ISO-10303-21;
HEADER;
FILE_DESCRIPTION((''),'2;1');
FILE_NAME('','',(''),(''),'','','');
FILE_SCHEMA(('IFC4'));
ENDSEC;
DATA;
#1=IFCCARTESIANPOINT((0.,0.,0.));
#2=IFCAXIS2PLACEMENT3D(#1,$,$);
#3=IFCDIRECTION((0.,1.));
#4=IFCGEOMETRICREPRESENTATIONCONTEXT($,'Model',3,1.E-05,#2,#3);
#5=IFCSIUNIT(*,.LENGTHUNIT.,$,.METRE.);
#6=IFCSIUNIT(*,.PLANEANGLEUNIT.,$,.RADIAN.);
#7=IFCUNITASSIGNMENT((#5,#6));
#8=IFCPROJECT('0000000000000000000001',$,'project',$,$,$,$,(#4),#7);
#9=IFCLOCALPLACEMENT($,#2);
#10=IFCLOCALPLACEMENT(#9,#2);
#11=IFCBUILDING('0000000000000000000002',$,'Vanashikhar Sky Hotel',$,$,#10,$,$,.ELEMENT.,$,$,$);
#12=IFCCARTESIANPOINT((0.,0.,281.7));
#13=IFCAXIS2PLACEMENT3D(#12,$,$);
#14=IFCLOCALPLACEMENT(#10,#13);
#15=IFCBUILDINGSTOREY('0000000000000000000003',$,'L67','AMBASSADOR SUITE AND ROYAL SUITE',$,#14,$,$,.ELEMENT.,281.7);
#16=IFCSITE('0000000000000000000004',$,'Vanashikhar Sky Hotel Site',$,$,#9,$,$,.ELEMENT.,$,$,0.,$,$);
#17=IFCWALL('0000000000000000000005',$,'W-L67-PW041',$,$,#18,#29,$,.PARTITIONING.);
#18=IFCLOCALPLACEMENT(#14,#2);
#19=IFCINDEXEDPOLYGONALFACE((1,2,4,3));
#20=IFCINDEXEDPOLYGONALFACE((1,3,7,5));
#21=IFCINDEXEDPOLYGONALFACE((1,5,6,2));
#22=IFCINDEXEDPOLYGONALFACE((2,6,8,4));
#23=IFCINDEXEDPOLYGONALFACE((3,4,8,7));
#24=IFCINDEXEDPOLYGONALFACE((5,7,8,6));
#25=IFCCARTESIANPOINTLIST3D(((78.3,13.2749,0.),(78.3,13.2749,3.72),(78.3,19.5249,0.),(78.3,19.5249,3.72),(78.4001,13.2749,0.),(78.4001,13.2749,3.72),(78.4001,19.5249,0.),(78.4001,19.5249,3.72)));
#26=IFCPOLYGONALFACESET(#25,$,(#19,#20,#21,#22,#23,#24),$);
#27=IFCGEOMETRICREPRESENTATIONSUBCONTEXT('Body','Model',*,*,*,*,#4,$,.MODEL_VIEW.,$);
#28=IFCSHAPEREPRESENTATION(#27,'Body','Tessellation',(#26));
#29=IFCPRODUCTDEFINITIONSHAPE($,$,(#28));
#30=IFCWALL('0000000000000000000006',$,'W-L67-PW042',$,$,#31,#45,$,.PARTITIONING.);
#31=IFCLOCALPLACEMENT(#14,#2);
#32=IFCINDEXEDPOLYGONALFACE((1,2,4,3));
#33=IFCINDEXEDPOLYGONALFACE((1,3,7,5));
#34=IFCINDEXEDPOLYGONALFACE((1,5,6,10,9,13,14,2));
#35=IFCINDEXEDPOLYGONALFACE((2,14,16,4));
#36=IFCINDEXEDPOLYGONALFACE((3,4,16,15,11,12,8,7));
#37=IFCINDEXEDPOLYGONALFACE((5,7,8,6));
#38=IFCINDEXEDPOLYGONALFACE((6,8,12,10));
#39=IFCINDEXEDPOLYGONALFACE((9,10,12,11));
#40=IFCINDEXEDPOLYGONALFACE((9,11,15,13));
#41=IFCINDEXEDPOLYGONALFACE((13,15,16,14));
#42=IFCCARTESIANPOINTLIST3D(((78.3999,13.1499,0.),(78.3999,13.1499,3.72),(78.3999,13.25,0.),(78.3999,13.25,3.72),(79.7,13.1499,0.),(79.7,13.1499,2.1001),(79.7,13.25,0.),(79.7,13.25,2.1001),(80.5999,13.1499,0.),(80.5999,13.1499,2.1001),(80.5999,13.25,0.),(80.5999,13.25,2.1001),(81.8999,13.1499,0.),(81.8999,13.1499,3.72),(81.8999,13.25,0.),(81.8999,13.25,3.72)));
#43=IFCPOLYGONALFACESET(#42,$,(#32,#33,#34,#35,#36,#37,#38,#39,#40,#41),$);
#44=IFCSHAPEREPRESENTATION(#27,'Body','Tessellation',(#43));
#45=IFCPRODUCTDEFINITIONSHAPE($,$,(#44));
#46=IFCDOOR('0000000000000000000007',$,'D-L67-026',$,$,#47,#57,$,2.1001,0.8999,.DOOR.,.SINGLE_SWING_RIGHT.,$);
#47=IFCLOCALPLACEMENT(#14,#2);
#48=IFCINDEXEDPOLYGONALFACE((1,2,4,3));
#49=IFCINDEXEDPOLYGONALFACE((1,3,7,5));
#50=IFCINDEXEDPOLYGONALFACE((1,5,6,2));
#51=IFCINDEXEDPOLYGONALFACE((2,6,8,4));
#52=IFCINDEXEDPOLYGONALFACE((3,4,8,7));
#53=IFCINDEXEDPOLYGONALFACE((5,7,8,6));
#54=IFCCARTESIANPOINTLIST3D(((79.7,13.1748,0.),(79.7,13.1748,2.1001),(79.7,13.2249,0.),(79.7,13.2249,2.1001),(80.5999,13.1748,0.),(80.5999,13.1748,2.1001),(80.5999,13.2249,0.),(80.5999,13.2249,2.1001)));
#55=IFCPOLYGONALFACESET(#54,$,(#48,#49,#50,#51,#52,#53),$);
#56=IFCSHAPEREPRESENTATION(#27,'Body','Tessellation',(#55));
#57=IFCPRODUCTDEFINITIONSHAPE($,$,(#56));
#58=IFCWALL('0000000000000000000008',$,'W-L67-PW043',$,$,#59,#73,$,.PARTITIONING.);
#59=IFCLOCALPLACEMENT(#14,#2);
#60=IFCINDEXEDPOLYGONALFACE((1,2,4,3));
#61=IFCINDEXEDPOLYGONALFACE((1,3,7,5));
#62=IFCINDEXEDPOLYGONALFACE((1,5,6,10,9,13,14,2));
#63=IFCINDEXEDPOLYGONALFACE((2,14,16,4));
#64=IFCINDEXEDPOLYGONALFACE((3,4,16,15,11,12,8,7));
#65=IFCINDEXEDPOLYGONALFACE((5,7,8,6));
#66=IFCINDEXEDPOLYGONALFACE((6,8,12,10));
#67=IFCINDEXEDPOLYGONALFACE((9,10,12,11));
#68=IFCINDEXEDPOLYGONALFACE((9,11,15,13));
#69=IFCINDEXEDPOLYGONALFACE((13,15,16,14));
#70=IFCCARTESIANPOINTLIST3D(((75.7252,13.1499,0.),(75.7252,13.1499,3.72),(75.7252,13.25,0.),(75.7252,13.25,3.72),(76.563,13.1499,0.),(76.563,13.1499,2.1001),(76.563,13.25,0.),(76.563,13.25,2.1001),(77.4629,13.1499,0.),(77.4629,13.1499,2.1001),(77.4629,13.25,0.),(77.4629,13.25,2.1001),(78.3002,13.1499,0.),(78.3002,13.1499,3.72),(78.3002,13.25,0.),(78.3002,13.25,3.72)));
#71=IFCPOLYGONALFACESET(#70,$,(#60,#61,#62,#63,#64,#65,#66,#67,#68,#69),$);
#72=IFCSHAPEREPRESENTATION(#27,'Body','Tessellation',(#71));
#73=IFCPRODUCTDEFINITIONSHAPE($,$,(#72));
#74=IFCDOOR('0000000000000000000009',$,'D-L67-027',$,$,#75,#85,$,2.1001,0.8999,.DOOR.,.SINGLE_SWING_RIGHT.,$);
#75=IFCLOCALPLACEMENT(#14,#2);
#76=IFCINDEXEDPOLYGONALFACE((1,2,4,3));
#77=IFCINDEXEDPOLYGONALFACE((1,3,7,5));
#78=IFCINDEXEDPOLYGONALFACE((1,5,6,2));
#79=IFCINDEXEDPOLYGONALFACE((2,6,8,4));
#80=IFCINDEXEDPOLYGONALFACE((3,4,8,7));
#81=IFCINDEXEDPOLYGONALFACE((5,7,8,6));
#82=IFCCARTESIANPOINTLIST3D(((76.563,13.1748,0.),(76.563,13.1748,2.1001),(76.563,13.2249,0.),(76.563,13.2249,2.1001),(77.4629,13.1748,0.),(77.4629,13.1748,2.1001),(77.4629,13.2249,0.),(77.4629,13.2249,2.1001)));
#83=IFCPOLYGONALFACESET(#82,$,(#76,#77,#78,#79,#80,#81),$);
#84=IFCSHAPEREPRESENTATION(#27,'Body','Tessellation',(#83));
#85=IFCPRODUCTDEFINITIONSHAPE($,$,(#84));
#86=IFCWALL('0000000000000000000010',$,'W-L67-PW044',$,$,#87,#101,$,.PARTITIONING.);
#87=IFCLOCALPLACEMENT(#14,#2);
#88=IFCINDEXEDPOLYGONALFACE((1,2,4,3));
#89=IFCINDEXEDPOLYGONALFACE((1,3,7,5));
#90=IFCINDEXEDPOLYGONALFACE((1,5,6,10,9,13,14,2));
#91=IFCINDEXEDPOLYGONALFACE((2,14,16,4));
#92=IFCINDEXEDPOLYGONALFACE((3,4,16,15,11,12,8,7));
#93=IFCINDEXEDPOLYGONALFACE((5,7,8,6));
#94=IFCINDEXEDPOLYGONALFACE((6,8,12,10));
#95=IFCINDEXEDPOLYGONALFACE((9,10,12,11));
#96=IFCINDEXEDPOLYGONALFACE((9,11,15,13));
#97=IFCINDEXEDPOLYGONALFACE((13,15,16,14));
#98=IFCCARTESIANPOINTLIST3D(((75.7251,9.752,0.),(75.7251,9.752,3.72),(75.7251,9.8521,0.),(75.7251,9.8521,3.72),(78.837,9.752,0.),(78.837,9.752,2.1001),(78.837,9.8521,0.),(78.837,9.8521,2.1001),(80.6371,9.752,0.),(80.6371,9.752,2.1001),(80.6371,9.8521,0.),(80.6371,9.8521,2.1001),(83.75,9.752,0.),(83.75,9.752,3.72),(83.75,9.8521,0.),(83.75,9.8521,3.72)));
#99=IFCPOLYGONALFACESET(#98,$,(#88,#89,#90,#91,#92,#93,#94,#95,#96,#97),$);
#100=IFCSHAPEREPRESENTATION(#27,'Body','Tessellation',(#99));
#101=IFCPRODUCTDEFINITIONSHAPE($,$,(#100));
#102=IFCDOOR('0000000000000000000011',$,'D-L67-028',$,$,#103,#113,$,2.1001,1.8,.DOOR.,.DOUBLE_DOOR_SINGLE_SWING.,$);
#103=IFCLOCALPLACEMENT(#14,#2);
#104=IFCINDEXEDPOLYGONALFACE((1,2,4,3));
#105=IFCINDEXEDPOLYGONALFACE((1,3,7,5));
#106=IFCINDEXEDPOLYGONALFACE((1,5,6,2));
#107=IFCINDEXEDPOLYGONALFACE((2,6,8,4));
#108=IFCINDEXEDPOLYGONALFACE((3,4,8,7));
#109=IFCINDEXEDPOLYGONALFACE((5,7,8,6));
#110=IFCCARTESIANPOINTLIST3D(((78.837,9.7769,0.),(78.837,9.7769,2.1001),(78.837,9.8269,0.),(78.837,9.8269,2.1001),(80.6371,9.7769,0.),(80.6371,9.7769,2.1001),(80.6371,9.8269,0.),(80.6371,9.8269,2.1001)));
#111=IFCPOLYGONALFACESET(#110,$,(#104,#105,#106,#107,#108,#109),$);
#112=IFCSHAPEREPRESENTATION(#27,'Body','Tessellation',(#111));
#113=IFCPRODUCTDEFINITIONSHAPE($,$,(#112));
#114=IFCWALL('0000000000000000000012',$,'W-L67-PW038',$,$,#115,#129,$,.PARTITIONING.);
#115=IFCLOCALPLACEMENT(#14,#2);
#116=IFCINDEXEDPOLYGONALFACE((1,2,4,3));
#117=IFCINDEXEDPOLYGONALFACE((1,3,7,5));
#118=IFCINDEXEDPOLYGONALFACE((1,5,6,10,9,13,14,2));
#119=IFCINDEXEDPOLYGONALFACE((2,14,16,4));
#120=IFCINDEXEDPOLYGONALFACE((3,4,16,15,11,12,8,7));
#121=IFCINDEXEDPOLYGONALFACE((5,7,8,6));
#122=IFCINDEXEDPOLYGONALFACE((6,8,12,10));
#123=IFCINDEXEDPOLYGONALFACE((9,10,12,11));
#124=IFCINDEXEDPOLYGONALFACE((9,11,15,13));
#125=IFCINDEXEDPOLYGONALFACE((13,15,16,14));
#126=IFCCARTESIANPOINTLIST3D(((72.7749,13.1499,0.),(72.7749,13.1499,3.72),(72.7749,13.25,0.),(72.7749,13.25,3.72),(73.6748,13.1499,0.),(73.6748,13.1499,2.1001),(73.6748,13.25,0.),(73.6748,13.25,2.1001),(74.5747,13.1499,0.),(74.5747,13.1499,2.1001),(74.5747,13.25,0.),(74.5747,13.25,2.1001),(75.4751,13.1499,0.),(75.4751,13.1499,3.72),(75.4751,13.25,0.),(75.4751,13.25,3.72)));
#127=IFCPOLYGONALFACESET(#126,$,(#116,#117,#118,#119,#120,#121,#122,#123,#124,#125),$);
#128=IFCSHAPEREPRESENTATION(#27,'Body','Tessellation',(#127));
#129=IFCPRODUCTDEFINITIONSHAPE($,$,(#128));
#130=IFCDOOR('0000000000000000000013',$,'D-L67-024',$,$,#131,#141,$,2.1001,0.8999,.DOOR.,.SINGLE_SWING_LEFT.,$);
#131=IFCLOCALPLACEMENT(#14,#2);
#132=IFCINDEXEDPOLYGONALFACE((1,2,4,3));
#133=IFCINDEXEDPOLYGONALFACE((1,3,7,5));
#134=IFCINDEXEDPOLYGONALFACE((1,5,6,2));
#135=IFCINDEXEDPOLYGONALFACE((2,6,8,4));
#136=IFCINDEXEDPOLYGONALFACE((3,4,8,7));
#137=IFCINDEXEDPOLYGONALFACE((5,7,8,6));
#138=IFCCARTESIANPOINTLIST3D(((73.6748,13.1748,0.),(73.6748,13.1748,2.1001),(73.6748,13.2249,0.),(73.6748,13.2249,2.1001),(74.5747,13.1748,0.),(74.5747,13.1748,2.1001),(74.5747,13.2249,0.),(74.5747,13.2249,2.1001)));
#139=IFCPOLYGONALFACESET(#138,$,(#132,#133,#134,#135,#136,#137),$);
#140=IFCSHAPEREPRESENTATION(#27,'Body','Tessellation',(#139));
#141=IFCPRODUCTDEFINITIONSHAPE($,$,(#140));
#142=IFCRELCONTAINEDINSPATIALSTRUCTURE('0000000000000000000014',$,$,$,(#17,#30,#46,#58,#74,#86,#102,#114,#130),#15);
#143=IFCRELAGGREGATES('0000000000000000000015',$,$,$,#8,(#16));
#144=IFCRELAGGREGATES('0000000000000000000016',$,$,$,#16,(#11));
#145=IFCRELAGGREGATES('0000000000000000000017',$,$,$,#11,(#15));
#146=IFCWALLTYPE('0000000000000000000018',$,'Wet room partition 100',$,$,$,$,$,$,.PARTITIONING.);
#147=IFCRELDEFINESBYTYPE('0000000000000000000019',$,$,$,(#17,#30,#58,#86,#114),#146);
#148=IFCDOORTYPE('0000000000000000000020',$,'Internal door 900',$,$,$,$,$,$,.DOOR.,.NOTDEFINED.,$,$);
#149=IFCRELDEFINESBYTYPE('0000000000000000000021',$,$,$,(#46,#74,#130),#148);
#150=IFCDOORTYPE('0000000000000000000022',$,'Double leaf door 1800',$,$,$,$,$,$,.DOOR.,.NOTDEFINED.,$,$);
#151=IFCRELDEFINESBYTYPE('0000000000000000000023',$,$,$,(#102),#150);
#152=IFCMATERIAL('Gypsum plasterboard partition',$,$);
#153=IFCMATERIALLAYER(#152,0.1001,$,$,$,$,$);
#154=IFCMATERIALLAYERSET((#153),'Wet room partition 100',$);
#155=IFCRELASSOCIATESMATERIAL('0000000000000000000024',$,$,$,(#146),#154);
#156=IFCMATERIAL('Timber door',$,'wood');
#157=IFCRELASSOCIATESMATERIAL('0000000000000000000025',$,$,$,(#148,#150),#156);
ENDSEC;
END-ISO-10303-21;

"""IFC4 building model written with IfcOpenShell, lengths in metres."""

from ifc_helpers import new_model, si_unit, direction, frame, frame_2d, origin, place, context, subcontext, project, spatial, rectangle, extrude, source, transform, mapped, material, layer, layer_set, type_object, element, fill, save


model = new_model("IFC4")

# Units and contexts
model_context = context("Model", 3, precision=1e-05, world=origin(), true_north=direction((0.0, 1.0)))
body_context = subcontext(model_context, "Body", "Model", "MODEL_VIEW")
ifc_project = project(units=[si_unit("LENGTHUNIT", "METRE"), si_unit("PLANEANGLEUNIT", "RADIAN")], contexts=[model_context])

# Site, building, storey
site_placement = place(None, origin())
site = spatial("IfcSite", under=ifc_project, at=site_placement, Name="Vanashikhar Sky Hotel Site", CompositionType="ELEMENT", RefElevation=0.0)
building_placement = place(site_placement, origin())
building = spatial("IfcBuilding", under=site, at=building_placement, Name="Vanashikhar Sky Hotel", CompositionType="ELEMENT")
storey_placement = place(building_placement, frame((0.0, 0.0, 281.7)))
storey = spatial("IfcBuildingStorey", under=building, at=storey_placement, Name="L67", Description="AMBASSADOR SUITE AND ROYAL SUITE", CompositionType="ELEMENT", Elevation=281.7)

# Wall
ifc_material_1 = material(Name="Gypsum plasterboard partition")
ifc_layer_1 = layer(ifc_material_1, 0.1001)
ifc_layer_set_1 = layer_set([ifc_layer_1], Name="Wet room partition 100")
wall_type_1 = type_object("IfcWallType", Name="Wet room partition 100", PredefinedType="PARTITIONING", material=ifc_layer_set_1)
shared_shape_1 = source(origin(), body_context, "Body", "SweptSolid", [
    extrude(rectangle(XDim=6.25, YDim=0.1001, at=frame_2d((3.125, 0.0))), origin(), (0.0, 0.0, 1.0), 3.72),
])
for number, where, z_axis, x_axis, name in (
    (1, (78.3501, 13.2749, 0.0), (0.0, 0.0, 1.0), (0.0, 1.0, 0.0), "W-L67-PW041"),
):
    element("IfcWall", number, at=place(storey_placement, frame(where, z_axis=z_axis, x_axis=x_axis)), inside=storey, type_object=wall_type_1, Name=name, PredefinedType="PARTITIONING", context=body_context, shape_type="MappedRepresentation", body=[
        mapped(shared_shape_1, transform((0.0, 0.0, 0.0), scale=1.0)),
    ])

# Walls, openings, doors
shared_shape_2 = source(origin(), body_context, "Body", "SweptSolid", [
    extrude(rectangle(XDim=3.5, YDim=0.1001, at=frame_2d((1.75, 0.0))), origin(), (0.0, 0.0, 1.0), 3.72),
])
wall_1_placement = place(storey_placement, frame((78.3999, 13.2, 0.0), z_axis=(0.0, 0.0, 1.0), x_axis=(1.0, 0.0, 0.0)))
wall_1 = element("IfcWall", 2, at=wall_1_placement, inside=storey, type_object=wall_type_1, Name="W-L67-PW042", PredefinedType="PARTITIONING", context=body_context, shape_type="MappedRepresentation", body=[
    mapped(shared_shape_2, transform((0.0, 0.0, 0.0), scale=1.0)),
])
shared_shape_3 = source(origin(), body_context, "Body", "SweptSolid", [
    extrude(rectangle(XDim=0.8999, YDim=2.1001, at=frame_2d((0.45, 1.05))), frame((0.0, 0.0601, 0.0), z_axis=(0.0, -1.0, 0.0), x_axis=(1.0, 0.0, 0.0)), (0.0, 0.0, 1.0), 0.1201),
])
opening_1_placement = place(wall_1_placement, frame((1.3, 0.0, 0.0)))
opening_1 = element("IfcOpeningElement", 3, at=opening_1_placement, cuts=wall_1, PredefinedType="OPENING", context=body_context, shape_type="MappedRepresentation", body=[
    mapped(shared_shape_3, transform((0.0, 0.0, 0.0), scale=1.0)),
])
ifc_material_2 = material(Name="Timber door", Category="wood")
door_type_1 = type_object("IfcDoorType", Name="Internal door 900", OperationType="NOTDEFINED", PredefinedType="DOOR", material=ifc_material_2)
shared_shape_4 = source(origin(), body_context, "Body", "SweptSolid", [
    extrude(rectangle(XDim=0.8999, YDim=2.1001, at=frame_2d((0.45, 1.05))), frame((0.0, 0.0249, 0.0), z_axis=(0.0, -1.0, 0.0), x_axis=(1.0, 0.0, 0.0)), (0.0, 0.0, 1.0), 0.05),
])
door_1_placement = place(opening_1_placement, origin())
door_1 = element("IfcDoor", 4, at=door_1_placement, inside=storey, type_object=door_type_1, Name="D-L67-026", OperationType="SINGLE_SWING_RIGHT", OverallHeight=2.1001, OverallWidth=0.8999, PredefinedType="DOOR", context=body_context, shape_type="MappedRepresentation", body=[
    mapped(shared_shape_4, transform((0.0, 0.0, 0.0), scale=1.0)),
])
fill(opening_1, door_1)
shared_shape_5 = source(origin(), body_context, "Body", "SweptSolid", [
    extrude(rectangle(XDim=2.575, YDim=0.1001, at=frame_2d((1.2876, 0.0))), origin(), (0.0, 0.0, 1.0), 3.72),
])
wall_2_placement = place(storey_placement, frame((75.7251, 13.2, 0.0), z_axis=(0.0, 0.0, 1.0), x_axis=(1.0, 0.0, 0.0)))
wall_2 = element("IfcWall", 5, at=wall_2_placement, inside=storey, type_object=wall_type_1, Name="W-L67-PW043", PredefinedType="PARTITIONING", context=body_context, shape_type="MappedRepresentation", body=[
    mapped(shared_shape_5, transform((0.0, 0.0, 0.0), scale=1.0)),
])
opening_2_placement = place(wall_2_placement, frame((0.8379, 0.0, 0.0)))
opening_2 = element("IfcOpeningElement", 6, at=opening_2_placement, cuts=wall_2, PredefinedType="OPENING", context=body_context, shape_type="MappedRepresentation", body=[
    mapped(shared_shape_3, transform((0.0, 0.0, 0.0), scale=1.0)),
])
door_2_placement = place(opening_2_placement, origin())
door_2 = element("IfcDoor", 7, at=door_2_placement, inside=storey, type_object=door_type_1, Name="D-L67-027", OperationType="SINGLE_SWING_RIGHT", OverallHeight=2.1001, OverallWidth=0.8999, PredefinedType="DOOR", context=body_context, shape_type="MappedRepresentation", body=[
    mapped(shared_shape_4, transform((0.0, 0.0, 0.0), scale=1.0)),
])
fill(opening_2, door_2)
shared_shape_6 = source(origin(), body_context, "Body", "SweptSolid", [
    extrude(rectangle(XDim=8.0249, YDim=0.1001, at=frame_2d((4.0125, 0.0))), origin(), (0.0, 0.0, 1.0), 3.72),
])
wall_3_placement = place(storey_placement, frame((75.7251, 9.802, 0.0), z_axis=(0.0, 0.0, 1.0), x_axis=(1.0, 0.0, 0.0)))
wall_3 = element("IfcWall", 8, at=wall_3_placement, inside=storey, type_object=wall_type_1, Name="W-L67-PW044", PredefinedType="PARTITIONING", context=body_context, shape_type="MappedRepresentation", body=[
    mapped(shared_shape_6, transform((0.0, 0.0, 0.0), scale=1.0)),
])
shared_shape_7 = source(origin(), body_context, "Body", "SweptSolid", [
    extrude(rectangle(XDim=1.8, YDim=2.1001, at=frame_2d((0.8999, 1.05))), frame((0.0, 0.0601, 0.0), z_axis=(0.0, -1.0, 0.0), x_axis=(1.0, 0.0, 0.0)), (0.0, 0.0, 1.0), 0.1201),
])
opening_3_placement = place(wall_3_placement, frame((3.1121, 0.0, 0.0)))
opening_3 = element("IfcOpeningElement", 9, at=opening_3_placement, cuts=wall_3, PredefinedType="OPENING", context=body_context, shape_type="MappedRepresentation", body=[
    mapped(shared_shape_7, transform((0.0, 0.0, 0.0), scale=1.0)),
])
door_type_2 = type_object("IfcDoorType", Name="Double leaf door 1800", OperationType="NOTDEFINED", PredefinedType="DOOR", material=ifc_material_2)
shared_shape_8 = source(origin(), body_context, "Body", "SweptSolid", [
    extrude(rectangle(XDim=1.8, YDim=2.1001, at=frame_2d((0.8999, 1.05))), frame((0.0, 0.0249, 0.0), z_axis=(0.0, -1.0, 0.0), x_axis=(1.0, 0.0, 0.0)), (0.0, 0.0, 1.0), 0.05),
])
door_3_placement = place(opening_3_placement, origin())
door_3 = element("IfcDoor", 10, at=door_3_placement, inside=storey, type_object=door_type_2, Name="D-L67-028", OperationType="DOUBLE_DOOR_SINGLE_SWING", OverallHeight=2.1001, OverallWidth=1.8, PredefinedType="DOOR", context=body_context, shape_type="MappedRepresentation", body=[
    mapped(shared_shape_8, transform((0.0, 0.0, 0.0), scale=1.0)),
])
fill(opening_3, door_3)
shared_shape_9 = source(origin(), body_context, "Body", "SweptSolid", [
    extrude(rectangle(XDim=2.7002, YDim=0.1001, at=frame_2d((1.3501, 0.0))), origin(), (0.0, 0.0, 1.0), 3.72),
])
wall_4_placement = place(storey_placement, frame((72.7749, 13.2, 0.0), z_axis=(0.0, 0.0, 1.0), x_axis=(1.0, 0.0, 0.0)))
wall_4 = element("IfcWall", 11, at=wall_4_placement, inside=storey, type_object=wall_type_1, Name="W-L67-PW038", PredefinedType="PARTITIONING", context=body_context, shape_type="MappedRepresentation", body=[
    mapped(shared_shape_9, transform((0.0, 0.0, 0.0), scale=1.0)),
])
opening_4_placement = place(wall_4_placement, frame((0.8999, 0.0, 0.0)))
opening_4 = element("IfcOpeningElement", 12, at=opening_4_placement, cuts=wall_4, PredefinedType="OPENING", context=body_context, shape_type="MappedRepresentation", body=[
    mapped(shared_shape_3, transform((0.0, 0.0, 0.0), scale=1.0)),
])
door_4_placement = place(opening_4_placement, origin())
door_4 = element("IfcDoor", 13, at=door_4_placement, inside=storey, type_object=door_type_1, Name="D-L67-024", OperationType="SINGLE_SWING_LEFT", OverallHeight=2.1001, OverallWidth=0.8999, PredefinedType="DOOR", context=body_context, shape_type="MappedRepresentation", body=[
    mapped(shared_shape_4, transform((0.0, 0.0, 0.0), scale=1.0)),
])
fill(opening_4, door_4)

save(model, "model.ifc")
